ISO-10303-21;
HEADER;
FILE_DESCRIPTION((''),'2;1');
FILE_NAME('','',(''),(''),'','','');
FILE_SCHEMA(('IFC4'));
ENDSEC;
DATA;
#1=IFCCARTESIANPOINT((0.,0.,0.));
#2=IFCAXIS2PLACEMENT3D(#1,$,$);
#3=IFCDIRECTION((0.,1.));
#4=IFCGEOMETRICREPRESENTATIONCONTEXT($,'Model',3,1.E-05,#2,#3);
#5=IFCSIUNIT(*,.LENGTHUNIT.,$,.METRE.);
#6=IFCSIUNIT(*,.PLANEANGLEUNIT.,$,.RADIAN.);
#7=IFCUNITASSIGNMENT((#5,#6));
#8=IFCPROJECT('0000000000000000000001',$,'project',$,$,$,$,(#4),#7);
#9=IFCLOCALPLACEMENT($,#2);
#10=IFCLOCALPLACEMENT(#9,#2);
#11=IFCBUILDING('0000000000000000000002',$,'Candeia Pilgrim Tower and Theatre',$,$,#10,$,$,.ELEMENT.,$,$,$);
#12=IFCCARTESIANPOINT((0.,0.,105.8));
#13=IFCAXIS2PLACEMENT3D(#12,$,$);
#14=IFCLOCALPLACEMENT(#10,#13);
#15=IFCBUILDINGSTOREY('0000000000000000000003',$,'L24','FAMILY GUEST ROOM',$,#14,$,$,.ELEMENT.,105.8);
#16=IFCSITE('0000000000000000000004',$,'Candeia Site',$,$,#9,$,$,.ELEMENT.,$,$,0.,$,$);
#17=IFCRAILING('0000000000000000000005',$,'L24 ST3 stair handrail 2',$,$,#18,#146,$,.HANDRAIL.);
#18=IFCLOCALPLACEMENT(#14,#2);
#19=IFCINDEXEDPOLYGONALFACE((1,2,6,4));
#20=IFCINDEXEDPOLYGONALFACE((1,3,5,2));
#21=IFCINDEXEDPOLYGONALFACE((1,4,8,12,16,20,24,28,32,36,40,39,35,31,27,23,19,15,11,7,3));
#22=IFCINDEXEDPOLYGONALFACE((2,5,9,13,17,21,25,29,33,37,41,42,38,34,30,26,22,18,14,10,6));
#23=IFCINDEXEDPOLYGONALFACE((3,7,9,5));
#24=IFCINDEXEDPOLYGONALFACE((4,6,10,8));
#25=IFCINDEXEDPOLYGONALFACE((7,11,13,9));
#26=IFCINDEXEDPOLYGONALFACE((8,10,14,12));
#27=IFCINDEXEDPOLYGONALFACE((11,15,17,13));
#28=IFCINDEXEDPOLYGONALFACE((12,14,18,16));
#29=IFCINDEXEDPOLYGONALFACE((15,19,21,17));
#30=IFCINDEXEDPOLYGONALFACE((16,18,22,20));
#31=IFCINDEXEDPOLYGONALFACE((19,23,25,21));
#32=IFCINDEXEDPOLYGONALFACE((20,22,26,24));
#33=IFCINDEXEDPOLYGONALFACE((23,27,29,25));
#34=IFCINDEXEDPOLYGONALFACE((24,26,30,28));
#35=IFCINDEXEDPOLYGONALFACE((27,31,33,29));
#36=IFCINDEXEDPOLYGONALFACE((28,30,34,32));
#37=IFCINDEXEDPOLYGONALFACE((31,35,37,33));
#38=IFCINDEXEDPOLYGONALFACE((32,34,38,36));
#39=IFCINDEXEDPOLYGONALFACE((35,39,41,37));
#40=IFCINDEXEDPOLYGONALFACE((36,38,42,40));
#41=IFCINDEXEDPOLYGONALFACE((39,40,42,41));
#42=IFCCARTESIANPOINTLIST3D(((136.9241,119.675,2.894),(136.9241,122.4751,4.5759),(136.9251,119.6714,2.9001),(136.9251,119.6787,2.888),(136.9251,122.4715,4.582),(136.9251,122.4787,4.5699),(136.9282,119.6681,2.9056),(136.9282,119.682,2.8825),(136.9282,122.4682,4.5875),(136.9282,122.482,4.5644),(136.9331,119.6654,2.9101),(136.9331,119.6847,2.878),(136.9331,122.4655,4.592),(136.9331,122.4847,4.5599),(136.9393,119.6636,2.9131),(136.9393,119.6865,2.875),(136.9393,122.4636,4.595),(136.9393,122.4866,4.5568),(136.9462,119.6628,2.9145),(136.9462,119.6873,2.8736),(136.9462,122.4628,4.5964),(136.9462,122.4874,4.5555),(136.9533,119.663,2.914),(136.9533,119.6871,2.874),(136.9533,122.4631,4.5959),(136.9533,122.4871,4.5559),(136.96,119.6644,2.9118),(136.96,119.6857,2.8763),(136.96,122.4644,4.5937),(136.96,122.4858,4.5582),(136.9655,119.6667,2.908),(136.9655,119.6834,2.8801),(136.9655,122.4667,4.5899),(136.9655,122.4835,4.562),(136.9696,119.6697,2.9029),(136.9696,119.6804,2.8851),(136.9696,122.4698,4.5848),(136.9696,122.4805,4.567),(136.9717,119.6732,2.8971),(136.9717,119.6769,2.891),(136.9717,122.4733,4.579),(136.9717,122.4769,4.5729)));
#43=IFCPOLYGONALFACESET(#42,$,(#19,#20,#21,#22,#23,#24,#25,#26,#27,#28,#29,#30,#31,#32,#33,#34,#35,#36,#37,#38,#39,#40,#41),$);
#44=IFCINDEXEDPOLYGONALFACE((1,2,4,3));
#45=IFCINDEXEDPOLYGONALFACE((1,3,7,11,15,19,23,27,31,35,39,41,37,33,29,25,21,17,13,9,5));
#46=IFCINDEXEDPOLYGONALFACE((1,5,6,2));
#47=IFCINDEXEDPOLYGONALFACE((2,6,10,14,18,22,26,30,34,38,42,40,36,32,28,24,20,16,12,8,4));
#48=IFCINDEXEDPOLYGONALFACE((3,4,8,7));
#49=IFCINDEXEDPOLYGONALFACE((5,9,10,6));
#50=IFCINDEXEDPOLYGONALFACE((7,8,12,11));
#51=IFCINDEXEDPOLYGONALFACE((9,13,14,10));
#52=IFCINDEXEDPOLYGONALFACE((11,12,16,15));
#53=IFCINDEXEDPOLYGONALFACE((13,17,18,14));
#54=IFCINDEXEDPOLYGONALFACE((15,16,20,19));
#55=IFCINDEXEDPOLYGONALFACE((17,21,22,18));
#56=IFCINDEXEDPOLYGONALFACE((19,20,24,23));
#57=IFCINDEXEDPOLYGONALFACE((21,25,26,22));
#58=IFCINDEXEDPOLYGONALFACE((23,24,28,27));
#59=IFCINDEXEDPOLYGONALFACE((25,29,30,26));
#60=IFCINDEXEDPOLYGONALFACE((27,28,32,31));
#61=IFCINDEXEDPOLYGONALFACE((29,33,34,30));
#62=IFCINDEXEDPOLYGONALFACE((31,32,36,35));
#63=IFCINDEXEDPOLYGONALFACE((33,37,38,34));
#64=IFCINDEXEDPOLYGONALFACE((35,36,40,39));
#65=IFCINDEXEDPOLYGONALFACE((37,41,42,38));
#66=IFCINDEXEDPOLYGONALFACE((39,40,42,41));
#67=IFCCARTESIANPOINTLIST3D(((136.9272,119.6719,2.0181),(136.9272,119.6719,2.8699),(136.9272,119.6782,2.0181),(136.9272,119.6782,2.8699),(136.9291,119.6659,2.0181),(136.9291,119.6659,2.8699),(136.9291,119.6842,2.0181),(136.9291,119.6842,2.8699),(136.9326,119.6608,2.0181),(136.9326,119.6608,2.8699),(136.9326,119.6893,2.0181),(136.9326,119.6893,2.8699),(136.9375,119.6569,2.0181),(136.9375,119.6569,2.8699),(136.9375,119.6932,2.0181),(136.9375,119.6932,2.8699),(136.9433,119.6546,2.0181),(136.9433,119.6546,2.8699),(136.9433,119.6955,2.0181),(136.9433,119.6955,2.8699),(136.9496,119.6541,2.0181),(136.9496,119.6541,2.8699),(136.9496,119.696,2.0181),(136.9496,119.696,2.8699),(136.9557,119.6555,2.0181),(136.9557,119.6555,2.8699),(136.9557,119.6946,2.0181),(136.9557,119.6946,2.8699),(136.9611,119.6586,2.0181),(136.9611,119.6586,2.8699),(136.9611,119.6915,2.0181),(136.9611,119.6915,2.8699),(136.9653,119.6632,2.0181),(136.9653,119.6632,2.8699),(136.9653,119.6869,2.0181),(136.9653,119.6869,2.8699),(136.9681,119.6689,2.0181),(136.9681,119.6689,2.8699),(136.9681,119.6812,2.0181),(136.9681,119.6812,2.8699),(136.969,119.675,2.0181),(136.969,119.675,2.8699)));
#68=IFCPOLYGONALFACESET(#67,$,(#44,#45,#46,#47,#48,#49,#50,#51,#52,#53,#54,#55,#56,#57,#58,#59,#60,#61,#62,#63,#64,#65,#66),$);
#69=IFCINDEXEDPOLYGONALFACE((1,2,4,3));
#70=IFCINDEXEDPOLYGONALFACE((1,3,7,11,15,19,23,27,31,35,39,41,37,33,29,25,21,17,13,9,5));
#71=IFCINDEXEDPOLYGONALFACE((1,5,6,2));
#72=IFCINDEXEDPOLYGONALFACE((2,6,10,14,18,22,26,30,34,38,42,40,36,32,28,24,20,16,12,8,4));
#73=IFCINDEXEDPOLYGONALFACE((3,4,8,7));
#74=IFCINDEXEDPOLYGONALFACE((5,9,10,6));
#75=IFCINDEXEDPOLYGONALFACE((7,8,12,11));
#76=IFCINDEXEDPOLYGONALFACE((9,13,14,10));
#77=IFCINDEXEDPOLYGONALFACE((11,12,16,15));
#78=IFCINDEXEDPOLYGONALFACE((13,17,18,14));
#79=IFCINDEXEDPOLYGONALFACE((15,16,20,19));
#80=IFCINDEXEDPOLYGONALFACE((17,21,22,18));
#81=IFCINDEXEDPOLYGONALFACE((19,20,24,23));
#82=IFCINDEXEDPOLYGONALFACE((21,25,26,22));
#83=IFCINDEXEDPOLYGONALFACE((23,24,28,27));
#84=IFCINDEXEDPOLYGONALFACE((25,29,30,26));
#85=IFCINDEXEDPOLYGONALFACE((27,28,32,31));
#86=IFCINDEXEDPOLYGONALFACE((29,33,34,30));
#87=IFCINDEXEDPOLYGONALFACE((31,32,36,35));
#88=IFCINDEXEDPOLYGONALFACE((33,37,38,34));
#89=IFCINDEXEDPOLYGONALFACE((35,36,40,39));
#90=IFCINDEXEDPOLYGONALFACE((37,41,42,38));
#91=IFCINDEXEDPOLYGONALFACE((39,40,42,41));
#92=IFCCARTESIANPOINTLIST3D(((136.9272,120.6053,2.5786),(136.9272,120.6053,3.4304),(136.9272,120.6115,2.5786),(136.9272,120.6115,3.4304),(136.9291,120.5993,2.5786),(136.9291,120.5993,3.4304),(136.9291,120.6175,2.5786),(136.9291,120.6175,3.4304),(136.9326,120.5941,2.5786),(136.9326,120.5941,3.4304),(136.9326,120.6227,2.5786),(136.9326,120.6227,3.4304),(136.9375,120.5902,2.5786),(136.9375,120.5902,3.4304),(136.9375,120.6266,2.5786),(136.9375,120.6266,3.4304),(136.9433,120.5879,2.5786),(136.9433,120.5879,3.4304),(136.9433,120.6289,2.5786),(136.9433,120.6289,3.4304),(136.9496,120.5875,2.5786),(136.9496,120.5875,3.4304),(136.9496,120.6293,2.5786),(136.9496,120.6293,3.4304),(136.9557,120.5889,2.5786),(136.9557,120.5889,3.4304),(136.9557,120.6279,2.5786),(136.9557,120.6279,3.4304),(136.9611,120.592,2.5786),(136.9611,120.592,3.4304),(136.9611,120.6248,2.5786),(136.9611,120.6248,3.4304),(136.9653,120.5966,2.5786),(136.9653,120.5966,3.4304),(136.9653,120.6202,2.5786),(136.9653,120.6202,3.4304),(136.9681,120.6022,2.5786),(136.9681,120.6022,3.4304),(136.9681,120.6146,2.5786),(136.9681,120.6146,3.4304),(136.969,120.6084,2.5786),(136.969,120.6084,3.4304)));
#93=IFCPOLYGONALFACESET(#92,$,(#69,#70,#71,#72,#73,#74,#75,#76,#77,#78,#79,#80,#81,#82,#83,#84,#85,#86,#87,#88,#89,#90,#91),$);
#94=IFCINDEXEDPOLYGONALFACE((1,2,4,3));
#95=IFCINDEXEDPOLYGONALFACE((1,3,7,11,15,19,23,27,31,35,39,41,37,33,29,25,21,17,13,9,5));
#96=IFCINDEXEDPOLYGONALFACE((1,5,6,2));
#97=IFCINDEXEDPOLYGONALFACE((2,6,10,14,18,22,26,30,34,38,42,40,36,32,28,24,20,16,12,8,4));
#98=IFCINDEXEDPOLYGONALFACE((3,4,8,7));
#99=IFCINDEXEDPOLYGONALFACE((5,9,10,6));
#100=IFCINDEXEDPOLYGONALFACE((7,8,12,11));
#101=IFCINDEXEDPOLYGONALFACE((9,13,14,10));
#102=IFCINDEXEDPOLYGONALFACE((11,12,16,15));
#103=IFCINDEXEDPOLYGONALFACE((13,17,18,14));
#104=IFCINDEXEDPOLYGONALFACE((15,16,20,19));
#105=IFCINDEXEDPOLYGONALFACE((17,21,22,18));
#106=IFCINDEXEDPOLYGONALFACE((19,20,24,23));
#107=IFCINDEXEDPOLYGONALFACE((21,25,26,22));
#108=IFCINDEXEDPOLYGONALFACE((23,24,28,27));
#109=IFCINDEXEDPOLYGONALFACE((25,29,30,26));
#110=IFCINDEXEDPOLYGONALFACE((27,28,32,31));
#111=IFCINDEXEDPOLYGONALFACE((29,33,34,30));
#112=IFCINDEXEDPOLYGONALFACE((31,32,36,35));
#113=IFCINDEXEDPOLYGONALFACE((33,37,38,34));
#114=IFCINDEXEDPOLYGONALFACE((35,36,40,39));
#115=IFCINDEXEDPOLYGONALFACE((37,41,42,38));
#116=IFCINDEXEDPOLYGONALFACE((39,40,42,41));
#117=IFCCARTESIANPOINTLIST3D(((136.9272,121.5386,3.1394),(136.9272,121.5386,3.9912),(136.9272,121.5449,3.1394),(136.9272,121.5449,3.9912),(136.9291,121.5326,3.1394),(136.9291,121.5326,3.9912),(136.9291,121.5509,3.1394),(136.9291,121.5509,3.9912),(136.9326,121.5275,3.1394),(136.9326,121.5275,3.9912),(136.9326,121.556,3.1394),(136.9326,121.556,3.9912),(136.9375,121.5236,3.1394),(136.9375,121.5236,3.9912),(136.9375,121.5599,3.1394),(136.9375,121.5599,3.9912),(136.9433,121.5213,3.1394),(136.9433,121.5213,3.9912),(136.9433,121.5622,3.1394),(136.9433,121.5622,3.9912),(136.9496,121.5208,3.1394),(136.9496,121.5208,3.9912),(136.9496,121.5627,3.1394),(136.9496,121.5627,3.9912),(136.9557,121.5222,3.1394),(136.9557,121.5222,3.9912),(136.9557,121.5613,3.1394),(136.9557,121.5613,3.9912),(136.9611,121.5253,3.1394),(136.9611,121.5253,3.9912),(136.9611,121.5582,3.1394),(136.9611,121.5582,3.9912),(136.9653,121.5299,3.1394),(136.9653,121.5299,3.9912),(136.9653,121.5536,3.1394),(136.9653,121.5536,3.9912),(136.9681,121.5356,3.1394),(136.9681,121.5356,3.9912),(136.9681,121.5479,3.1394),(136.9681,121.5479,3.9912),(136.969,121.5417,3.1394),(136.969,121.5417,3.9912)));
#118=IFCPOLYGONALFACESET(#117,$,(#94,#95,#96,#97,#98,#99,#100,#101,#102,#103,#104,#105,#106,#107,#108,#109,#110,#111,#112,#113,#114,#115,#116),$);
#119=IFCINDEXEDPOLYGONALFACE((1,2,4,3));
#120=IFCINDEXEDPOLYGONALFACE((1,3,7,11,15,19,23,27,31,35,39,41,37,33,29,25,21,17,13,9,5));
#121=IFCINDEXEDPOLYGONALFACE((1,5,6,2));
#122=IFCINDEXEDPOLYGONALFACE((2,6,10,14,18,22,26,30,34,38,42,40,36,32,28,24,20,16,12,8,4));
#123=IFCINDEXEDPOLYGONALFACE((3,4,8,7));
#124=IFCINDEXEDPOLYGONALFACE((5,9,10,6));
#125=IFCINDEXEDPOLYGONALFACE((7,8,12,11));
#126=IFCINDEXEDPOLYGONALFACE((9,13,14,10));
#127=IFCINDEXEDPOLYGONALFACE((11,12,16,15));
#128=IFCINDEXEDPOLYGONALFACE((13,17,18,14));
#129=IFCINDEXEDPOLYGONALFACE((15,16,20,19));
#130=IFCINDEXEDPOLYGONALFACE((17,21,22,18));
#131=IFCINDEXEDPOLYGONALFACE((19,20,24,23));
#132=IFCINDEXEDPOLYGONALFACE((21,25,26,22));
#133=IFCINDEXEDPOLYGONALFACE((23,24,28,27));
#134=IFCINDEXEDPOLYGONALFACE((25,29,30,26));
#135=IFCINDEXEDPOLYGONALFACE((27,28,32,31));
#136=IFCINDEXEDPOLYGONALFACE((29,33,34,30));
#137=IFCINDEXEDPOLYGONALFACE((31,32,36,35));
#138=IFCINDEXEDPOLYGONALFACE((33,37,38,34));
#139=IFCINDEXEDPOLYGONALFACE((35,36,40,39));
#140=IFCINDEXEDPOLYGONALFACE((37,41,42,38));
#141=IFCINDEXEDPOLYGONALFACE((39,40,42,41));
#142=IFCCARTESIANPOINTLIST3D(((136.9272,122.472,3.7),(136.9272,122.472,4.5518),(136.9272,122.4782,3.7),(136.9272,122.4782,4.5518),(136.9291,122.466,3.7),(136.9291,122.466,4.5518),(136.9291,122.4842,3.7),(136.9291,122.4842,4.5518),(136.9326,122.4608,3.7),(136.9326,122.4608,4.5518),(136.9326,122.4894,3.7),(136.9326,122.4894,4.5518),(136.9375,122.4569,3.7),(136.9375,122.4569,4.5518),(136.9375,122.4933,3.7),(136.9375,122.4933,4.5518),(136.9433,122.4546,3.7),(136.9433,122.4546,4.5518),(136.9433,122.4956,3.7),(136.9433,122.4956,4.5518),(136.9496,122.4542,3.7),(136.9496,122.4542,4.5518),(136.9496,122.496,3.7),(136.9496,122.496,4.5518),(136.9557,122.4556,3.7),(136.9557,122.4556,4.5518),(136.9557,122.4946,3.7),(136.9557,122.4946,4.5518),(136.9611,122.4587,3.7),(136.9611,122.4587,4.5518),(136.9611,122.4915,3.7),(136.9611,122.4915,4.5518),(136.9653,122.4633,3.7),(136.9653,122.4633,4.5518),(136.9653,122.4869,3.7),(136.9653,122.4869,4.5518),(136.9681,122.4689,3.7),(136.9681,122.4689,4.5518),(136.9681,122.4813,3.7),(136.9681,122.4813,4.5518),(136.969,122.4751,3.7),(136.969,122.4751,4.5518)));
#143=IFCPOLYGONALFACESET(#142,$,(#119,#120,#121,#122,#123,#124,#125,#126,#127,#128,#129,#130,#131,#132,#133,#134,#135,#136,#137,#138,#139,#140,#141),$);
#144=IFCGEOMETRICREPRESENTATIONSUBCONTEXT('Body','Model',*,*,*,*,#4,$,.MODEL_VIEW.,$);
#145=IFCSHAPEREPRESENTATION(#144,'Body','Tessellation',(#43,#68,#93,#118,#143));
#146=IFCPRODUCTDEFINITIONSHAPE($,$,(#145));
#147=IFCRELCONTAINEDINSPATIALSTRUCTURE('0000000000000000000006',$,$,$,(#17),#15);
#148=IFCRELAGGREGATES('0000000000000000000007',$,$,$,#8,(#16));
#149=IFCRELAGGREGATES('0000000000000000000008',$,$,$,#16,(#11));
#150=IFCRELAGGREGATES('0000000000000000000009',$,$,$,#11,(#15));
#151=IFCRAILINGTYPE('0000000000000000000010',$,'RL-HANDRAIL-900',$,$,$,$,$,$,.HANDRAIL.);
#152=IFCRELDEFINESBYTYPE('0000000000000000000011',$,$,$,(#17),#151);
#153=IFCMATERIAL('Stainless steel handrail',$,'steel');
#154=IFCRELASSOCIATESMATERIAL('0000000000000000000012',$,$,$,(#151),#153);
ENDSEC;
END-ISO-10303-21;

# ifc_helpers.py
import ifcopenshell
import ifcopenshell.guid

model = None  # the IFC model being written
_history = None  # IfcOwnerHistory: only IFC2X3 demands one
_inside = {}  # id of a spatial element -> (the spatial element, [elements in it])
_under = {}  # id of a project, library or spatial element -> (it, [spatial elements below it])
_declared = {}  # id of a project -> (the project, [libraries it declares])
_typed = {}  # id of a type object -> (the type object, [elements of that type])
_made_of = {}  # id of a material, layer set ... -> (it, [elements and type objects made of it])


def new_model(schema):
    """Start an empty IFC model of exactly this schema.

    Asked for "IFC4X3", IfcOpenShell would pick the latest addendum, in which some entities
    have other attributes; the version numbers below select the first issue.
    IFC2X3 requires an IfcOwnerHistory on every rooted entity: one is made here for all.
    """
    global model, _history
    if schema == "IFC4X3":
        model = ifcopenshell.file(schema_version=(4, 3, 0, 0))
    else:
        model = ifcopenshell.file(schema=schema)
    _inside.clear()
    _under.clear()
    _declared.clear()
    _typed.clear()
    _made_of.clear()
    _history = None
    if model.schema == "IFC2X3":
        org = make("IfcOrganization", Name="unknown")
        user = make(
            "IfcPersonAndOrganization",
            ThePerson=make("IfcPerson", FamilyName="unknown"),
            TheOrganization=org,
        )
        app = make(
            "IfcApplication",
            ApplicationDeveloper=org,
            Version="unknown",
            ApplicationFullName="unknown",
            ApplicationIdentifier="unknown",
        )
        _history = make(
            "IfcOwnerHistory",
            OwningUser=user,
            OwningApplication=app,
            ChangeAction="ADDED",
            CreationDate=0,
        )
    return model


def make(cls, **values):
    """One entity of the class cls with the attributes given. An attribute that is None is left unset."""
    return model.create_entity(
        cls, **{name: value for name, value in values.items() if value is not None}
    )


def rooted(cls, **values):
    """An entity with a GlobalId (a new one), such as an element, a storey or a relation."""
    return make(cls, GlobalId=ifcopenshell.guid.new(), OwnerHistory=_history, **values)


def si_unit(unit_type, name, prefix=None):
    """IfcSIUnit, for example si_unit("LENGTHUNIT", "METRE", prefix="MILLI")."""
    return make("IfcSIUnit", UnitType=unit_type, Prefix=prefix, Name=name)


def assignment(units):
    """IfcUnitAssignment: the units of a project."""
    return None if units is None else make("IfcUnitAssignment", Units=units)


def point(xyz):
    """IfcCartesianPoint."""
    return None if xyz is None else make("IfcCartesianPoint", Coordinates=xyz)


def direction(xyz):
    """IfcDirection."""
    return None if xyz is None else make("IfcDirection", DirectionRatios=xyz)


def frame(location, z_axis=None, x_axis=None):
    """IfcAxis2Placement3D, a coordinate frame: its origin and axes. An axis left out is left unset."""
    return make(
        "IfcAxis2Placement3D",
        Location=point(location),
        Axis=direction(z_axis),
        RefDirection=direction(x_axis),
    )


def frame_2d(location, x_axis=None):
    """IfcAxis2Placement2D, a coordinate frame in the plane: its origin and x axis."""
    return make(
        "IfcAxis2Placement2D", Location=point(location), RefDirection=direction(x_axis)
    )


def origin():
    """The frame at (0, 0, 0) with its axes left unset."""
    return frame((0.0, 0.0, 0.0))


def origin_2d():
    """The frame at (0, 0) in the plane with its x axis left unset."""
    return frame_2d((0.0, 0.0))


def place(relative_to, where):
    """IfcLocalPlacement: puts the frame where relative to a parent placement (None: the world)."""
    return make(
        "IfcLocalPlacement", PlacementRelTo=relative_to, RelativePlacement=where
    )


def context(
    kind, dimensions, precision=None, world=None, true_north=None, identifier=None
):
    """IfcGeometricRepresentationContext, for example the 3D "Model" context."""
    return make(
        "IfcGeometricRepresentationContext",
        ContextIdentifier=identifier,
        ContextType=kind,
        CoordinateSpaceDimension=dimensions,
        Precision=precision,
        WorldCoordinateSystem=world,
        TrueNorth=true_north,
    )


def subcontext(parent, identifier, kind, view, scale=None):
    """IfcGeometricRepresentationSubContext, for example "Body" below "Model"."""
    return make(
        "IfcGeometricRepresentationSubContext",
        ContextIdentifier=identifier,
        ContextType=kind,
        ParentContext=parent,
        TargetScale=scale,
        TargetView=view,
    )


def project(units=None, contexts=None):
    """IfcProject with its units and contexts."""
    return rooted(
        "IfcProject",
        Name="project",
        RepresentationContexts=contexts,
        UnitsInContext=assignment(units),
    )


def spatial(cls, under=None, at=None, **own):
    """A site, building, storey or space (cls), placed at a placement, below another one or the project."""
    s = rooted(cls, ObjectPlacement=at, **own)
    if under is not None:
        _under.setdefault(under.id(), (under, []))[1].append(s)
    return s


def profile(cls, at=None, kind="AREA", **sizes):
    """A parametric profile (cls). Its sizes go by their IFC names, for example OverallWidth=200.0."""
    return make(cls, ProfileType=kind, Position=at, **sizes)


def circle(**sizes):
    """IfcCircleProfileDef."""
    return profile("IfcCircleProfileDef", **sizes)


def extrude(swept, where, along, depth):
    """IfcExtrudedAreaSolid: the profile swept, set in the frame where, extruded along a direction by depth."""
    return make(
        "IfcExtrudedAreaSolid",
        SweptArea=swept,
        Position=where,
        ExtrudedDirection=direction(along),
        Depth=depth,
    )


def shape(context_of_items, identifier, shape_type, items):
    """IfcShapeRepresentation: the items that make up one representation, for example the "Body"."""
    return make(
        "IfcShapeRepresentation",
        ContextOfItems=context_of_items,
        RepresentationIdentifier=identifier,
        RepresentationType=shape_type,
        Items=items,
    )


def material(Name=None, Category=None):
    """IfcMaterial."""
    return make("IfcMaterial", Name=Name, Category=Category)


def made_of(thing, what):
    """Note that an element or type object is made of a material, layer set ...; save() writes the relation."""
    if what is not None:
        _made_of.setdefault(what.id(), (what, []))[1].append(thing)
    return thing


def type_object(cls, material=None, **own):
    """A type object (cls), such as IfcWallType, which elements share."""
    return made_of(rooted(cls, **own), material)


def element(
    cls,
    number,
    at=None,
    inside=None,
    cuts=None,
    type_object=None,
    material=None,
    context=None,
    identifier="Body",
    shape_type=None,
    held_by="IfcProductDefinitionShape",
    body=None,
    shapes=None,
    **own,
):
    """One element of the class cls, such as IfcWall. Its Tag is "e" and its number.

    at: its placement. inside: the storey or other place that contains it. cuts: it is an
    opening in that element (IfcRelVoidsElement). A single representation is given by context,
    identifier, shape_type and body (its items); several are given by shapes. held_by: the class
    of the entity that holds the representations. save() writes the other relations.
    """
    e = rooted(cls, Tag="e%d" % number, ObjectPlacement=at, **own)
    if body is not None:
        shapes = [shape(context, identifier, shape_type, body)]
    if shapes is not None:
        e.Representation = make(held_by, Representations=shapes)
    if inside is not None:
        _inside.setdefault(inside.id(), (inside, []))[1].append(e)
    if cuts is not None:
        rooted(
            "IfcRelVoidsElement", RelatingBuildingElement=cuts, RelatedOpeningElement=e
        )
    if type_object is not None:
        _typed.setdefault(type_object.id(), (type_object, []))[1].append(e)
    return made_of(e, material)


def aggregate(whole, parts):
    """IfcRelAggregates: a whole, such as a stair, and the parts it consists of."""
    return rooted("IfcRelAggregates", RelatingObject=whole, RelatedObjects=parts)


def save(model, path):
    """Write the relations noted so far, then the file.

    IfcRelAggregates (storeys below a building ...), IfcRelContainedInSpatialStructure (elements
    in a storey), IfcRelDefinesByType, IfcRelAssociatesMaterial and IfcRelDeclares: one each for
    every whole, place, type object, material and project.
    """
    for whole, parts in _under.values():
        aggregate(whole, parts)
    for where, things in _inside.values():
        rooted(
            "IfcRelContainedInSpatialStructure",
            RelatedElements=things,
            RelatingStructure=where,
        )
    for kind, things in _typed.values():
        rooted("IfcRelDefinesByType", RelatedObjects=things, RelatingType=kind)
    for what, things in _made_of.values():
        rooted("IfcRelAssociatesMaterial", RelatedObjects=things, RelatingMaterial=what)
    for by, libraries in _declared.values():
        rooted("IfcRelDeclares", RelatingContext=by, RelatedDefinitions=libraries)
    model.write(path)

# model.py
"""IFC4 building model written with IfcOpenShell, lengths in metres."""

from ifc_helpers import new_model, si_unit, direction, frame, origin, origin_2d, place, context, subcontext, project, spatial, circle, extrude, material, type_object, element, save


model = new_model("IFC4")

# Units and contexts
model_context = context("Model", 3, precision=1e-05, world=origin(), true_north=direction((0.0, 1.0)))
body_context = subcontext(model_context, "Body", "Model", "MODEL_VIEW")
ifc_project = project(units=[si_unit("LENGTHUNIT", "METRE"), si_unit("PLANEANGLEUNIT", "RADIAN")], contexts=[model_context])

# Site, building, storey
site_placement = place(None, origin())
site = spatial("IfcSite", under=ifc_project, at=site_placement, Name="Candeia Site", CompositionType="ELEMENT", RefElevation=0.0)
building_placement = place(site_placement, origin())
building = spatial("IfcBuilding", under=site, at=building_placement, Name="Candeia Pilgrim Tower and Theatre", CompositionType="ELEMENT")
storey_placement = place(building_placement, frame((0.0, 0.0, 105.8)))
storey = spatial("IfcBuildingStorey", under=building, at=storey_placement, Name="L24", Description="FAMILY GUEST ROOM", CompositionType="ELEMENT", Elevation=105.8)

# Railing
ifc_material_1 = material(Name="Stainless steel handrail", Category="steel")
railing_type_1 = type_object("IfcRailingType", Name="RL-HANDRAIL-900", PredefinedType="HANDRAIL", material=ifc_material_1)
railing_1_placement = place(storey_placement, frame((136.948, 119.675, 2.0181)))
element("IfcRailing", 1, at=railing_1_placement, inside=storey, type_object=railing_type_1, Name="L24 ST3 stair handrail 2", PredefinedType="HANDRAIL", context=body_context, shape_type="SweptSolid", body=[
    extrude(circle(Radius=0.0239, at=origin_2d()), frame((0.0, 0.0, 0.876), z_axis=(0.0, 0.857242, 0.514913), x_axis=(-1.0, 0.0, 0.0)), (0.0, 0.0, 1.0), 3.2664),
    extrude(circle(Radius=0.021, at=origin_2d()), origin(), (0.0, 0.0, 1.0), 0.8518),
    extrude(circle(Radius=0.021, at=origin_2d()), frame((0.0, 0.9333, 0.5605)), (0.0, 0.0, 1.0), 0.8518),
    extrude(circle(Radius=0.021, at=origin_2d()), frame((0.0, 1.8667, 1.1213)), (0.0, 0.0, 1.0), 0.8518),
    extrude(circle(Radius=0.021, at=origin_2d()), frame((0.0, 2.8, 1.6819)), (0.0, 0.0, 1.0), 0.8518),
])

save(model, "model.ifc")
